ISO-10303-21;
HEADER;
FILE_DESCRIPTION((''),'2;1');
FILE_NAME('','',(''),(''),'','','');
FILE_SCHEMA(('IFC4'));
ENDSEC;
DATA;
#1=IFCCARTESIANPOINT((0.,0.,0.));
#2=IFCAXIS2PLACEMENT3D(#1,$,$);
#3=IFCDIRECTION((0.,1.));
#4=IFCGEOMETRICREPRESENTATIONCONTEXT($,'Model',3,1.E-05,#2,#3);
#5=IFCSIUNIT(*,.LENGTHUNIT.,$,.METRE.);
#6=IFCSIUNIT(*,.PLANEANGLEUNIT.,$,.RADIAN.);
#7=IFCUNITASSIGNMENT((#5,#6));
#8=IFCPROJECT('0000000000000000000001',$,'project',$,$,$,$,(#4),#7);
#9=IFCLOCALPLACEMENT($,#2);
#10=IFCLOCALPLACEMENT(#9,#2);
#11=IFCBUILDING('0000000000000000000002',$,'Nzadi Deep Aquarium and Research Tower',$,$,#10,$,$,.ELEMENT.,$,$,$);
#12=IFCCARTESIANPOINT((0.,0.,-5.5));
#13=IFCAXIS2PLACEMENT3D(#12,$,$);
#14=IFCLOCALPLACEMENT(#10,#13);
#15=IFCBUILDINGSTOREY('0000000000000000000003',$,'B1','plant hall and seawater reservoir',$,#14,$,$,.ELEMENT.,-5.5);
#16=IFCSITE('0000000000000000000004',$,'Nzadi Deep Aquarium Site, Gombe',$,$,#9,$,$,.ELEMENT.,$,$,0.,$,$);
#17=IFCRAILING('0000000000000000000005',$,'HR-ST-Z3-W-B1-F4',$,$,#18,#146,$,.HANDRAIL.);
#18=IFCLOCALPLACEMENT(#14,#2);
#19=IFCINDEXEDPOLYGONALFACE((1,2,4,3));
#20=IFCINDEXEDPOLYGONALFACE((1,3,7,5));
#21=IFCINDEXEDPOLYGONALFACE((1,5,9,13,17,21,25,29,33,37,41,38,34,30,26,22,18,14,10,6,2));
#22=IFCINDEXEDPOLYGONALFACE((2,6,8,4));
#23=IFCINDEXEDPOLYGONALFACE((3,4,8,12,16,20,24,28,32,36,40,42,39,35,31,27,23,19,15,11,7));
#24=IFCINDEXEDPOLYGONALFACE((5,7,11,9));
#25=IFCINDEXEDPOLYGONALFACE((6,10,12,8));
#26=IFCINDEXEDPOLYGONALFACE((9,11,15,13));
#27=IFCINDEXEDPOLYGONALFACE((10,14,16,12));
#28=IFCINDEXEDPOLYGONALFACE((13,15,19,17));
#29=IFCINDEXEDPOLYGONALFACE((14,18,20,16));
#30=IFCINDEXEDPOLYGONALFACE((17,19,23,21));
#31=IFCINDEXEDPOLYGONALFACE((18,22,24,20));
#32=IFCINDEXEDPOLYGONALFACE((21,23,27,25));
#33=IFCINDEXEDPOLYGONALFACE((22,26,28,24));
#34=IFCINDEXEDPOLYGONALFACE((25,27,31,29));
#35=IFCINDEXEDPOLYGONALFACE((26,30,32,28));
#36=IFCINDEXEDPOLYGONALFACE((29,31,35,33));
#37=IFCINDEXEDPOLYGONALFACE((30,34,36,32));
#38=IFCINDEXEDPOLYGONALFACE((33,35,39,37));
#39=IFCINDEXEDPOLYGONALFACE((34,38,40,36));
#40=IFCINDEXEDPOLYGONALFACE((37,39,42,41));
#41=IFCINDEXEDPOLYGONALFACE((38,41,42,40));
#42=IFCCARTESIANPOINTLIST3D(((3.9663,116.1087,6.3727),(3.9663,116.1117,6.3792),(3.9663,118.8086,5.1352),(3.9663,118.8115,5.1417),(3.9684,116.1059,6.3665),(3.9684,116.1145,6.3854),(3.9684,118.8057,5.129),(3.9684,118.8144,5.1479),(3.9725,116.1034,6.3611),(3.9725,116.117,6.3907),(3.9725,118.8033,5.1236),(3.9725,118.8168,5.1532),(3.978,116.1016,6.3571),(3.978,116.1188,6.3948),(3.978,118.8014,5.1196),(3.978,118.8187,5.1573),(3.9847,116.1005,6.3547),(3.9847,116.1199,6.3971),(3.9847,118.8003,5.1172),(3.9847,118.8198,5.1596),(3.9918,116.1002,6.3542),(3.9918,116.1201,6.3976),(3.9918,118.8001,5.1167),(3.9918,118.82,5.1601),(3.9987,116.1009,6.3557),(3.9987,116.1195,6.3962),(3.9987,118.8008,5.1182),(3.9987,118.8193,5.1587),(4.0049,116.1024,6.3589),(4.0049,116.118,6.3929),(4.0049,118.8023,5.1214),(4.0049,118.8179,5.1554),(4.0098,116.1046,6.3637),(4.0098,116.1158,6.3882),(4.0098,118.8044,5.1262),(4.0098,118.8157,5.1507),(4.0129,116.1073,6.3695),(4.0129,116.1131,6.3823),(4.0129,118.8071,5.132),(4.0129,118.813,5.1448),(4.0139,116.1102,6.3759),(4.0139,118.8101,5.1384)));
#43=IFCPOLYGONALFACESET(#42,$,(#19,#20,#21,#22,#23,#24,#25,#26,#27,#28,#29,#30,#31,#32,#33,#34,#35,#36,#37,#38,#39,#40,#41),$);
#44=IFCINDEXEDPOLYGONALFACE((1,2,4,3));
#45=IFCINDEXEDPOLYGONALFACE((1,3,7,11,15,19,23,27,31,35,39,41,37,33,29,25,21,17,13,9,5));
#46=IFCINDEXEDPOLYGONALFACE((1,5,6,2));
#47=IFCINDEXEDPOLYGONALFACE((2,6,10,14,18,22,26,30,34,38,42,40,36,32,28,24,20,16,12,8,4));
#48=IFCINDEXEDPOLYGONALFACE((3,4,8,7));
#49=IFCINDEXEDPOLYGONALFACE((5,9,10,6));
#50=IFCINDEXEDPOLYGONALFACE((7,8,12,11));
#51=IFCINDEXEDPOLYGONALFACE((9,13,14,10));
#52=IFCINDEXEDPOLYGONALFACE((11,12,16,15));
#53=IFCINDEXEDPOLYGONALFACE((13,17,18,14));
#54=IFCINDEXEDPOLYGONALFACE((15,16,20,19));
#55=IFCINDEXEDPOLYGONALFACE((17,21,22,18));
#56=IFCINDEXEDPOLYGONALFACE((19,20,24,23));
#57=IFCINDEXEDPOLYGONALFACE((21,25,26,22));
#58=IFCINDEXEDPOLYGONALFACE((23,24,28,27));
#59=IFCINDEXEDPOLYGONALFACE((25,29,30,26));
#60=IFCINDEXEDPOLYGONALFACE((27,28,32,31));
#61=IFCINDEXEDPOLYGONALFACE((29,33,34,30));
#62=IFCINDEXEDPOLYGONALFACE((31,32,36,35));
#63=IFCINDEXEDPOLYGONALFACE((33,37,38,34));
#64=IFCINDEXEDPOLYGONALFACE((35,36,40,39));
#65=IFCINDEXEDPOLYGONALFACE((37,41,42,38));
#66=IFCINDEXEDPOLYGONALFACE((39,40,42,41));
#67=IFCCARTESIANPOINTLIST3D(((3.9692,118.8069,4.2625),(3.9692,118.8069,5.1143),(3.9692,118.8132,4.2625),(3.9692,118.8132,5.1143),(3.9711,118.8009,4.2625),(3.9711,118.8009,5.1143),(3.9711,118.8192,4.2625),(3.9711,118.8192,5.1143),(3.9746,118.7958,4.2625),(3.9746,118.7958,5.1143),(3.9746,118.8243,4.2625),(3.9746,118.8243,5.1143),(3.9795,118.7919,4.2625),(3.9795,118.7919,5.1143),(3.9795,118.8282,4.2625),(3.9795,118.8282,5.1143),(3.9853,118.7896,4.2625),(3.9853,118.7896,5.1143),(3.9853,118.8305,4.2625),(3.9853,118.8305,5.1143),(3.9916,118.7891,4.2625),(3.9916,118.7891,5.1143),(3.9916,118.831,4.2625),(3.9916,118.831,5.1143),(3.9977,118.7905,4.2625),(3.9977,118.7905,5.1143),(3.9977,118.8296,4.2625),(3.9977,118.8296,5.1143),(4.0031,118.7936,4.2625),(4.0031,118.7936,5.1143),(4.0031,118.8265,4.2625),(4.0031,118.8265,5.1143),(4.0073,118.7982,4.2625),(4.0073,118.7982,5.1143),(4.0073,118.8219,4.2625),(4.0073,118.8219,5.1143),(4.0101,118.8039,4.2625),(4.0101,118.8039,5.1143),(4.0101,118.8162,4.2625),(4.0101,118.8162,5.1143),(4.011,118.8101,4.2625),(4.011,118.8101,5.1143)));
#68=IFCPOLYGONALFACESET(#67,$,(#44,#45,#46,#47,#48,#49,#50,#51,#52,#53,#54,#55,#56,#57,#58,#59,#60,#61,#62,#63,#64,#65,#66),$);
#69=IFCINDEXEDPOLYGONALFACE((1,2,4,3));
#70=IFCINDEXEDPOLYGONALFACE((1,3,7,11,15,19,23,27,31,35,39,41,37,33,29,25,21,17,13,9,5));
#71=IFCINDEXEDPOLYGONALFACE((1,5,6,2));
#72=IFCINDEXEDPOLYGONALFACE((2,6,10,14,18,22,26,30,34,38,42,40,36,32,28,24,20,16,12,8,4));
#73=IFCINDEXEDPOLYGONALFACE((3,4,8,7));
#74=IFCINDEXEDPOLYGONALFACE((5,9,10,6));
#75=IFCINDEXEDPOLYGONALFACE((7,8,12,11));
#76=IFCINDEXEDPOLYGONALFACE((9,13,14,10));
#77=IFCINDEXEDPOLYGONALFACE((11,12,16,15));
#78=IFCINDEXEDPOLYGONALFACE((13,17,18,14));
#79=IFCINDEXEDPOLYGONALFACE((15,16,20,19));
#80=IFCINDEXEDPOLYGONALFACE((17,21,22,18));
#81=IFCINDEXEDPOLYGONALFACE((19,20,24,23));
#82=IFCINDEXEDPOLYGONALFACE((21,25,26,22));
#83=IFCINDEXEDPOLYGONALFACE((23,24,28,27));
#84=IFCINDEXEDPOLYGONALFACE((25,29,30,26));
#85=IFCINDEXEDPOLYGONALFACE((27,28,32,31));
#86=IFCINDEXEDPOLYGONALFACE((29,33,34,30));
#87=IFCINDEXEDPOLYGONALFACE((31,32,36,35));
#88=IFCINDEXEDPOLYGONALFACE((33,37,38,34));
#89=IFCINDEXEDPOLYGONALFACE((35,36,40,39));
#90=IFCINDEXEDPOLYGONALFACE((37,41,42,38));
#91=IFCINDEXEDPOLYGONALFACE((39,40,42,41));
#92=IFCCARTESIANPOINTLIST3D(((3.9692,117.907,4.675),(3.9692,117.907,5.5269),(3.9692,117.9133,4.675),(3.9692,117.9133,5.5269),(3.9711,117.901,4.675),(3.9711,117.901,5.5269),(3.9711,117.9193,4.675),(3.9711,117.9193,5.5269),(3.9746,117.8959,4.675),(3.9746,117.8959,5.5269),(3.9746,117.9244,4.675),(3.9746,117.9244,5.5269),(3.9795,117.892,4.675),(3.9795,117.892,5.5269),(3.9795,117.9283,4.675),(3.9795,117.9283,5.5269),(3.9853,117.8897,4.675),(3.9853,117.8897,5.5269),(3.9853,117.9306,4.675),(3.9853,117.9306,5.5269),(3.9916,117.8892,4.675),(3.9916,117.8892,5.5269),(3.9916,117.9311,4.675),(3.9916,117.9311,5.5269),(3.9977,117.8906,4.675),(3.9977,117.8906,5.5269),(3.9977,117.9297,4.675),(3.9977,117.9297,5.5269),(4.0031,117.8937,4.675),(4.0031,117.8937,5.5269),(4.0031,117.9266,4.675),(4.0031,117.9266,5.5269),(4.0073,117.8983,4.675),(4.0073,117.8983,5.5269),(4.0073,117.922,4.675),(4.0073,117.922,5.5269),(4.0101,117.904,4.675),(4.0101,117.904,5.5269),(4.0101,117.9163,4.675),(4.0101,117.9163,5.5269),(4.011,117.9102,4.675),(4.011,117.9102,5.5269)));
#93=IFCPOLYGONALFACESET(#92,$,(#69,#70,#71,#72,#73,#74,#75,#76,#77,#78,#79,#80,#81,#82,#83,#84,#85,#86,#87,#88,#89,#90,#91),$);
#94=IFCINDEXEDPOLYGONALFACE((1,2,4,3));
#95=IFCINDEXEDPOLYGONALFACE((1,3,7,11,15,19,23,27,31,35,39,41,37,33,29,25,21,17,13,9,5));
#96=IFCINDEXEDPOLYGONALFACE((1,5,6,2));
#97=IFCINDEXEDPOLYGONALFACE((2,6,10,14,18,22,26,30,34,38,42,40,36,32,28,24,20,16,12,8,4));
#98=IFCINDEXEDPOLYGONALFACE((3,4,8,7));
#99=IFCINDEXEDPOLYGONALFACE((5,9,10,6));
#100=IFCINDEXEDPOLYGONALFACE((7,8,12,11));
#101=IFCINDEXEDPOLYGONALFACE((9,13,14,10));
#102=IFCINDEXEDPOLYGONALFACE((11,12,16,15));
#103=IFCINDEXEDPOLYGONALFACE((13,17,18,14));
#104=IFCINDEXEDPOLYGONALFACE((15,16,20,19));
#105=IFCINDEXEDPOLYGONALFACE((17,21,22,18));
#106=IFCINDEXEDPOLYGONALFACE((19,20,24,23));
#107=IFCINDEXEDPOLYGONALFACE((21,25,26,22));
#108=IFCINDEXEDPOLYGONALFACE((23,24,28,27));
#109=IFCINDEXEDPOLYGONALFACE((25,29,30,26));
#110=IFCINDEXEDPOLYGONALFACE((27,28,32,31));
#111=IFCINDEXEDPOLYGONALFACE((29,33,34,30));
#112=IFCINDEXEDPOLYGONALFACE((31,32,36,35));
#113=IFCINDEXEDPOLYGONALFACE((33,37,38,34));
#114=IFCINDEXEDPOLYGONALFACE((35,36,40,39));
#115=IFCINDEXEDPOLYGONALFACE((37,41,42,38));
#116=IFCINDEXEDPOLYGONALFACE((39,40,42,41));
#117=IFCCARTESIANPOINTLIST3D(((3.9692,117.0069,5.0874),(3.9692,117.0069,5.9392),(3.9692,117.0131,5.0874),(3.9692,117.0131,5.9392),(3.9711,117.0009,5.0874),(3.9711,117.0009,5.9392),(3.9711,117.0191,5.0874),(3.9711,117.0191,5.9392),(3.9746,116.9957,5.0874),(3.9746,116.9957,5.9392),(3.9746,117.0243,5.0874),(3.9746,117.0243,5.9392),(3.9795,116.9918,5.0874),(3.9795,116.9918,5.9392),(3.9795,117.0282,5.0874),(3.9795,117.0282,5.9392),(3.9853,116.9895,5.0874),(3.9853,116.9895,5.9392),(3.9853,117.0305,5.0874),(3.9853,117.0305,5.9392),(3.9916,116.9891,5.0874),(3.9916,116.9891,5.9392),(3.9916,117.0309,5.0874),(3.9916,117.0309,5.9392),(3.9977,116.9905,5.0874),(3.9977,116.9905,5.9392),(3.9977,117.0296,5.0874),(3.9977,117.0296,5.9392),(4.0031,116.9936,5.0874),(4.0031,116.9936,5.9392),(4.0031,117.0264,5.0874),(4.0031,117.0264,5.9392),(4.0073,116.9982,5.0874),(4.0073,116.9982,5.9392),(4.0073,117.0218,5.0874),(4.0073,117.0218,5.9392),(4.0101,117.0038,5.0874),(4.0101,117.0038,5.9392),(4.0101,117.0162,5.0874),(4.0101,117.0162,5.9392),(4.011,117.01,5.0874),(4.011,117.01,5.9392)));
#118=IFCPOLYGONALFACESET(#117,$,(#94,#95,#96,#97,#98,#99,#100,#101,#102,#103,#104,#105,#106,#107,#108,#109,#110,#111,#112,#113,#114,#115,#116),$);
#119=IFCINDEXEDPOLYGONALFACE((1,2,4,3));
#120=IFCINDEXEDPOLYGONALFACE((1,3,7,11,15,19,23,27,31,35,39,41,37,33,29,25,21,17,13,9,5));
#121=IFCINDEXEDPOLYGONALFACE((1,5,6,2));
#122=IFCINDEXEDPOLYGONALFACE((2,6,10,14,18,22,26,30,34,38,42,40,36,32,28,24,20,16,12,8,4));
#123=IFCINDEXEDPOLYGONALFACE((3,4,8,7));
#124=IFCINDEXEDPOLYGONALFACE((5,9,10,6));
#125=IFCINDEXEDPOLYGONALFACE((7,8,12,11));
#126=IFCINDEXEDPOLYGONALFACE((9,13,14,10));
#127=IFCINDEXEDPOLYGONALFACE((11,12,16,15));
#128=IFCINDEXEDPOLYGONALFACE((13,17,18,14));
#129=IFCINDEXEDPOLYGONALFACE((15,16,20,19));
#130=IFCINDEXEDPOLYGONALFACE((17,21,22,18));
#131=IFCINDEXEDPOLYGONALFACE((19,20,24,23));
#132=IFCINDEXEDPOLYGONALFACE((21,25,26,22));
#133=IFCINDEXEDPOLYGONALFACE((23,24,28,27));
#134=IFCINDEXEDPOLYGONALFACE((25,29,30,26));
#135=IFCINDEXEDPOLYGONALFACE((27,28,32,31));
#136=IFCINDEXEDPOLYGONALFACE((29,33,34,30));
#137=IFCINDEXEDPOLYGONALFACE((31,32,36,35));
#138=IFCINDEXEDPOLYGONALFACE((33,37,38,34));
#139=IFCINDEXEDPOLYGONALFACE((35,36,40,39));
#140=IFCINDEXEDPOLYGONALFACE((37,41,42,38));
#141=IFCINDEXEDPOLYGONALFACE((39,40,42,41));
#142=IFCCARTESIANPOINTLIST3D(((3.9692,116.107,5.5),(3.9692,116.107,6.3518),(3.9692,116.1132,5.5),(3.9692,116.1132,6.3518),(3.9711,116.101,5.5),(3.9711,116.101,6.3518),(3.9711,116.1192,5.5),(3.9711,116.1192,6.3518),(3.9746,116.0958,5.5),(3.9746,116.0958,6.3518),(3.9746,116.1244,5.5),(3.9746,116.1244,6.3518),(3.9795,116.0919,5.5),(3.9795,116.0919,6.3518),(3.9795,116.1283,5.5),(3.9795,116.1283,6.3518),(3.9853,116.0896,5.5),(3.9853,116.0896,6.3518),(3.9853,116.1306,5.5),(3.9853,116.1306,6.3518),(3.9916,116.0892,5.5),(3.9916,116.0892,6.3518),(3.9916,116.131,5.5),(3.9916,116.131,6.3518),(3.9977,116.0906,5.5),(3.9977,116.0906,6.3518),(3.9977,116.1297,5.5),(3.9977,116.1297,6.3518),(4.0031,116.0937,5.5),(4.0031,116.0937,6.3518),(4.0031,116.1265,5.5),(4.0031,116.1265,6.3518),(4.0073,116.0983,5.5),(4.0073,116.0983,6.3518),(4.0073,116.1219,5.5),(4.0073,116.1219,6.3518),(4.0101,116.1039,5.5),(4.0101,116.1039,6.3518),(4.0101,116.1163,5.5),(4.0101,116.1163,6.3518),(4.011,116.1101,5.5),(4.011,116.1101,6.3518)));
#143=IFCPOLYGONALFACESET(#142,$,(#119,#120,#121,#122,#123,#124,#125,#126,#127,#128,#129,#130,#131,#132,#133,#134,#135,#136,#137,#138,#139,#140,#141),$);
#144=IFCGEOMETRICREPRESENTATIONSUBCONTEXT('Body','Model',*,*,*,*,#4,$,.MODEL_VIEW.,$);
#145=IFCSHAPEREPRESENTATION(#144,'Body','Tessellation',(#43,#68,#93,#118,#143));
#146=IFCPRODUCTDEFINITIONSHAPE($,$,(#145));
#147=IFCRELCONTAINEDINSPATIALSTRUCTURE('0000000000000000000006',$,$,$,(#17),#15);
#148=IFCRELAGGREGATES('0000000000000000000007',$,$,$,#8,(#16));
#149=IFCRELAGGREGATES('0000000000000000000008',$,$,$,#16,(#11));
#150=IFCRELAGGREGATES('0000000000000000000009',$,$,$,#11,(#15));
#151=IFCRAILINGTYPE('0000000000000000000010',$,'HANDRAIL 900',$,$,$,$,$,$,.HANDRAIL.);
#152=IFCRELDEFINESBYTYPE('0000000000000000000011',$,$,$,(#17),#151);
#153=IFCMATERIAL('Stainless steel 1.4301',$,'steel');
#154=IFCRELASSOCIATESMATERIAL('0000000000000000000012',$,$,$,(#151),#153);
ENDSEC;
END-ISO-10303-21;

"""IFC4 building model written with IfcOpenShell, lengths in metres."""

from ifc_helpers import new_model, si_unit, direction, frame, origin, origin_2d, place, context, subcontext, project, spatial, circle, extrude, material, type_object, element, save


model = new_model("IFC4")

# Units and contexts
model_context = context("Model", 3, precision=1e-05, world=origin(), true_north=direction((0.0, 1.0)))
body_context = subcontext(model_context, "Body", "Model", "MODEL_VIEW")
ifc_project = project(units=[si_unit("LENGTHUNIT", "METRE"), si_unit("PLANEANGLEUNIT", "RADIAN")], contexts=[model_context])

# Site, building, storey
site_placement = place(None, origin())
site = spatial("IfcSite", under=ifc_project, at=site_placement, Name="Nzadi Deep Aquarium Site, Gombe", CompositionType="ELEMENT", RefElevation=0.0)
building_placement = place(site_placement, origin())
building = spatial("IfcBuilding", under=site, at=building_placement, Name="Nzadi Deep Aquarium and Research Tower", CompositionType="ELEMENT")
storey_placement = place(building_placement, frame((0.0, 0.0, -5.5)))
storey = spatial("IfcBuildingStorey", under=building, at=storey_placement, Name="B1", Description="plant hall and seawater reservoir", CompositionType="ELEMENT", Elevation=-5.5)

# Railing
ifc_material_1 = material(Name="Stainless steel 1.4301", Category="steel")
railing_type = type_object("IfcRailingType", Name="HANDRAIL 900", PredefinedType="HANDRAIL", material=ifc_material_1)
for number, where, name in (
    (1, (3.99, 118.8101, 4.2625), "HR-ST-Z3-W-B1-F4"),
):
    element("IfcRailing", number, at=place(storey_placement, frame(where)), inside=storey, type_object=railing_type, Name=name, PredefinedType="HANDRAIL", context=body_context, shape_type="SweptSolid", body=[
        extrude(circle(Radius=0.0239, at=origin_2d()), frame((0.0, 0.0, 0.876), z_axis=(0.0, -0.909056, 0.416675), x_axis=(1.0, 0.0, 0.0)), (0.0, 0.0, 1.0), 2.97),
        extrude(circle(Radius=0.021, at=origin_2d()), origin(), (0.0, 0.0, 1.0), 0.8518),
        extrude(circle(Radius=0.021, at=origin_2d()), frame((0.0, -0.8999, 0.4126)), (0.0, 0.0, 1.0), 0.8518),
        extrude(circle(Radius=0.021, at=origin_2d()), frame((0.0, -1.8, 0.825)), (0.0, 0.0, 1.0), 0.8518),
        extrude(circle(Radius=0.021, at=origin_2d()), frame((0.0, -2.7, 1.2375)), (0.0, 0.0, 1.0), 0.8518),
    ])

save(model, "model.ifc")
